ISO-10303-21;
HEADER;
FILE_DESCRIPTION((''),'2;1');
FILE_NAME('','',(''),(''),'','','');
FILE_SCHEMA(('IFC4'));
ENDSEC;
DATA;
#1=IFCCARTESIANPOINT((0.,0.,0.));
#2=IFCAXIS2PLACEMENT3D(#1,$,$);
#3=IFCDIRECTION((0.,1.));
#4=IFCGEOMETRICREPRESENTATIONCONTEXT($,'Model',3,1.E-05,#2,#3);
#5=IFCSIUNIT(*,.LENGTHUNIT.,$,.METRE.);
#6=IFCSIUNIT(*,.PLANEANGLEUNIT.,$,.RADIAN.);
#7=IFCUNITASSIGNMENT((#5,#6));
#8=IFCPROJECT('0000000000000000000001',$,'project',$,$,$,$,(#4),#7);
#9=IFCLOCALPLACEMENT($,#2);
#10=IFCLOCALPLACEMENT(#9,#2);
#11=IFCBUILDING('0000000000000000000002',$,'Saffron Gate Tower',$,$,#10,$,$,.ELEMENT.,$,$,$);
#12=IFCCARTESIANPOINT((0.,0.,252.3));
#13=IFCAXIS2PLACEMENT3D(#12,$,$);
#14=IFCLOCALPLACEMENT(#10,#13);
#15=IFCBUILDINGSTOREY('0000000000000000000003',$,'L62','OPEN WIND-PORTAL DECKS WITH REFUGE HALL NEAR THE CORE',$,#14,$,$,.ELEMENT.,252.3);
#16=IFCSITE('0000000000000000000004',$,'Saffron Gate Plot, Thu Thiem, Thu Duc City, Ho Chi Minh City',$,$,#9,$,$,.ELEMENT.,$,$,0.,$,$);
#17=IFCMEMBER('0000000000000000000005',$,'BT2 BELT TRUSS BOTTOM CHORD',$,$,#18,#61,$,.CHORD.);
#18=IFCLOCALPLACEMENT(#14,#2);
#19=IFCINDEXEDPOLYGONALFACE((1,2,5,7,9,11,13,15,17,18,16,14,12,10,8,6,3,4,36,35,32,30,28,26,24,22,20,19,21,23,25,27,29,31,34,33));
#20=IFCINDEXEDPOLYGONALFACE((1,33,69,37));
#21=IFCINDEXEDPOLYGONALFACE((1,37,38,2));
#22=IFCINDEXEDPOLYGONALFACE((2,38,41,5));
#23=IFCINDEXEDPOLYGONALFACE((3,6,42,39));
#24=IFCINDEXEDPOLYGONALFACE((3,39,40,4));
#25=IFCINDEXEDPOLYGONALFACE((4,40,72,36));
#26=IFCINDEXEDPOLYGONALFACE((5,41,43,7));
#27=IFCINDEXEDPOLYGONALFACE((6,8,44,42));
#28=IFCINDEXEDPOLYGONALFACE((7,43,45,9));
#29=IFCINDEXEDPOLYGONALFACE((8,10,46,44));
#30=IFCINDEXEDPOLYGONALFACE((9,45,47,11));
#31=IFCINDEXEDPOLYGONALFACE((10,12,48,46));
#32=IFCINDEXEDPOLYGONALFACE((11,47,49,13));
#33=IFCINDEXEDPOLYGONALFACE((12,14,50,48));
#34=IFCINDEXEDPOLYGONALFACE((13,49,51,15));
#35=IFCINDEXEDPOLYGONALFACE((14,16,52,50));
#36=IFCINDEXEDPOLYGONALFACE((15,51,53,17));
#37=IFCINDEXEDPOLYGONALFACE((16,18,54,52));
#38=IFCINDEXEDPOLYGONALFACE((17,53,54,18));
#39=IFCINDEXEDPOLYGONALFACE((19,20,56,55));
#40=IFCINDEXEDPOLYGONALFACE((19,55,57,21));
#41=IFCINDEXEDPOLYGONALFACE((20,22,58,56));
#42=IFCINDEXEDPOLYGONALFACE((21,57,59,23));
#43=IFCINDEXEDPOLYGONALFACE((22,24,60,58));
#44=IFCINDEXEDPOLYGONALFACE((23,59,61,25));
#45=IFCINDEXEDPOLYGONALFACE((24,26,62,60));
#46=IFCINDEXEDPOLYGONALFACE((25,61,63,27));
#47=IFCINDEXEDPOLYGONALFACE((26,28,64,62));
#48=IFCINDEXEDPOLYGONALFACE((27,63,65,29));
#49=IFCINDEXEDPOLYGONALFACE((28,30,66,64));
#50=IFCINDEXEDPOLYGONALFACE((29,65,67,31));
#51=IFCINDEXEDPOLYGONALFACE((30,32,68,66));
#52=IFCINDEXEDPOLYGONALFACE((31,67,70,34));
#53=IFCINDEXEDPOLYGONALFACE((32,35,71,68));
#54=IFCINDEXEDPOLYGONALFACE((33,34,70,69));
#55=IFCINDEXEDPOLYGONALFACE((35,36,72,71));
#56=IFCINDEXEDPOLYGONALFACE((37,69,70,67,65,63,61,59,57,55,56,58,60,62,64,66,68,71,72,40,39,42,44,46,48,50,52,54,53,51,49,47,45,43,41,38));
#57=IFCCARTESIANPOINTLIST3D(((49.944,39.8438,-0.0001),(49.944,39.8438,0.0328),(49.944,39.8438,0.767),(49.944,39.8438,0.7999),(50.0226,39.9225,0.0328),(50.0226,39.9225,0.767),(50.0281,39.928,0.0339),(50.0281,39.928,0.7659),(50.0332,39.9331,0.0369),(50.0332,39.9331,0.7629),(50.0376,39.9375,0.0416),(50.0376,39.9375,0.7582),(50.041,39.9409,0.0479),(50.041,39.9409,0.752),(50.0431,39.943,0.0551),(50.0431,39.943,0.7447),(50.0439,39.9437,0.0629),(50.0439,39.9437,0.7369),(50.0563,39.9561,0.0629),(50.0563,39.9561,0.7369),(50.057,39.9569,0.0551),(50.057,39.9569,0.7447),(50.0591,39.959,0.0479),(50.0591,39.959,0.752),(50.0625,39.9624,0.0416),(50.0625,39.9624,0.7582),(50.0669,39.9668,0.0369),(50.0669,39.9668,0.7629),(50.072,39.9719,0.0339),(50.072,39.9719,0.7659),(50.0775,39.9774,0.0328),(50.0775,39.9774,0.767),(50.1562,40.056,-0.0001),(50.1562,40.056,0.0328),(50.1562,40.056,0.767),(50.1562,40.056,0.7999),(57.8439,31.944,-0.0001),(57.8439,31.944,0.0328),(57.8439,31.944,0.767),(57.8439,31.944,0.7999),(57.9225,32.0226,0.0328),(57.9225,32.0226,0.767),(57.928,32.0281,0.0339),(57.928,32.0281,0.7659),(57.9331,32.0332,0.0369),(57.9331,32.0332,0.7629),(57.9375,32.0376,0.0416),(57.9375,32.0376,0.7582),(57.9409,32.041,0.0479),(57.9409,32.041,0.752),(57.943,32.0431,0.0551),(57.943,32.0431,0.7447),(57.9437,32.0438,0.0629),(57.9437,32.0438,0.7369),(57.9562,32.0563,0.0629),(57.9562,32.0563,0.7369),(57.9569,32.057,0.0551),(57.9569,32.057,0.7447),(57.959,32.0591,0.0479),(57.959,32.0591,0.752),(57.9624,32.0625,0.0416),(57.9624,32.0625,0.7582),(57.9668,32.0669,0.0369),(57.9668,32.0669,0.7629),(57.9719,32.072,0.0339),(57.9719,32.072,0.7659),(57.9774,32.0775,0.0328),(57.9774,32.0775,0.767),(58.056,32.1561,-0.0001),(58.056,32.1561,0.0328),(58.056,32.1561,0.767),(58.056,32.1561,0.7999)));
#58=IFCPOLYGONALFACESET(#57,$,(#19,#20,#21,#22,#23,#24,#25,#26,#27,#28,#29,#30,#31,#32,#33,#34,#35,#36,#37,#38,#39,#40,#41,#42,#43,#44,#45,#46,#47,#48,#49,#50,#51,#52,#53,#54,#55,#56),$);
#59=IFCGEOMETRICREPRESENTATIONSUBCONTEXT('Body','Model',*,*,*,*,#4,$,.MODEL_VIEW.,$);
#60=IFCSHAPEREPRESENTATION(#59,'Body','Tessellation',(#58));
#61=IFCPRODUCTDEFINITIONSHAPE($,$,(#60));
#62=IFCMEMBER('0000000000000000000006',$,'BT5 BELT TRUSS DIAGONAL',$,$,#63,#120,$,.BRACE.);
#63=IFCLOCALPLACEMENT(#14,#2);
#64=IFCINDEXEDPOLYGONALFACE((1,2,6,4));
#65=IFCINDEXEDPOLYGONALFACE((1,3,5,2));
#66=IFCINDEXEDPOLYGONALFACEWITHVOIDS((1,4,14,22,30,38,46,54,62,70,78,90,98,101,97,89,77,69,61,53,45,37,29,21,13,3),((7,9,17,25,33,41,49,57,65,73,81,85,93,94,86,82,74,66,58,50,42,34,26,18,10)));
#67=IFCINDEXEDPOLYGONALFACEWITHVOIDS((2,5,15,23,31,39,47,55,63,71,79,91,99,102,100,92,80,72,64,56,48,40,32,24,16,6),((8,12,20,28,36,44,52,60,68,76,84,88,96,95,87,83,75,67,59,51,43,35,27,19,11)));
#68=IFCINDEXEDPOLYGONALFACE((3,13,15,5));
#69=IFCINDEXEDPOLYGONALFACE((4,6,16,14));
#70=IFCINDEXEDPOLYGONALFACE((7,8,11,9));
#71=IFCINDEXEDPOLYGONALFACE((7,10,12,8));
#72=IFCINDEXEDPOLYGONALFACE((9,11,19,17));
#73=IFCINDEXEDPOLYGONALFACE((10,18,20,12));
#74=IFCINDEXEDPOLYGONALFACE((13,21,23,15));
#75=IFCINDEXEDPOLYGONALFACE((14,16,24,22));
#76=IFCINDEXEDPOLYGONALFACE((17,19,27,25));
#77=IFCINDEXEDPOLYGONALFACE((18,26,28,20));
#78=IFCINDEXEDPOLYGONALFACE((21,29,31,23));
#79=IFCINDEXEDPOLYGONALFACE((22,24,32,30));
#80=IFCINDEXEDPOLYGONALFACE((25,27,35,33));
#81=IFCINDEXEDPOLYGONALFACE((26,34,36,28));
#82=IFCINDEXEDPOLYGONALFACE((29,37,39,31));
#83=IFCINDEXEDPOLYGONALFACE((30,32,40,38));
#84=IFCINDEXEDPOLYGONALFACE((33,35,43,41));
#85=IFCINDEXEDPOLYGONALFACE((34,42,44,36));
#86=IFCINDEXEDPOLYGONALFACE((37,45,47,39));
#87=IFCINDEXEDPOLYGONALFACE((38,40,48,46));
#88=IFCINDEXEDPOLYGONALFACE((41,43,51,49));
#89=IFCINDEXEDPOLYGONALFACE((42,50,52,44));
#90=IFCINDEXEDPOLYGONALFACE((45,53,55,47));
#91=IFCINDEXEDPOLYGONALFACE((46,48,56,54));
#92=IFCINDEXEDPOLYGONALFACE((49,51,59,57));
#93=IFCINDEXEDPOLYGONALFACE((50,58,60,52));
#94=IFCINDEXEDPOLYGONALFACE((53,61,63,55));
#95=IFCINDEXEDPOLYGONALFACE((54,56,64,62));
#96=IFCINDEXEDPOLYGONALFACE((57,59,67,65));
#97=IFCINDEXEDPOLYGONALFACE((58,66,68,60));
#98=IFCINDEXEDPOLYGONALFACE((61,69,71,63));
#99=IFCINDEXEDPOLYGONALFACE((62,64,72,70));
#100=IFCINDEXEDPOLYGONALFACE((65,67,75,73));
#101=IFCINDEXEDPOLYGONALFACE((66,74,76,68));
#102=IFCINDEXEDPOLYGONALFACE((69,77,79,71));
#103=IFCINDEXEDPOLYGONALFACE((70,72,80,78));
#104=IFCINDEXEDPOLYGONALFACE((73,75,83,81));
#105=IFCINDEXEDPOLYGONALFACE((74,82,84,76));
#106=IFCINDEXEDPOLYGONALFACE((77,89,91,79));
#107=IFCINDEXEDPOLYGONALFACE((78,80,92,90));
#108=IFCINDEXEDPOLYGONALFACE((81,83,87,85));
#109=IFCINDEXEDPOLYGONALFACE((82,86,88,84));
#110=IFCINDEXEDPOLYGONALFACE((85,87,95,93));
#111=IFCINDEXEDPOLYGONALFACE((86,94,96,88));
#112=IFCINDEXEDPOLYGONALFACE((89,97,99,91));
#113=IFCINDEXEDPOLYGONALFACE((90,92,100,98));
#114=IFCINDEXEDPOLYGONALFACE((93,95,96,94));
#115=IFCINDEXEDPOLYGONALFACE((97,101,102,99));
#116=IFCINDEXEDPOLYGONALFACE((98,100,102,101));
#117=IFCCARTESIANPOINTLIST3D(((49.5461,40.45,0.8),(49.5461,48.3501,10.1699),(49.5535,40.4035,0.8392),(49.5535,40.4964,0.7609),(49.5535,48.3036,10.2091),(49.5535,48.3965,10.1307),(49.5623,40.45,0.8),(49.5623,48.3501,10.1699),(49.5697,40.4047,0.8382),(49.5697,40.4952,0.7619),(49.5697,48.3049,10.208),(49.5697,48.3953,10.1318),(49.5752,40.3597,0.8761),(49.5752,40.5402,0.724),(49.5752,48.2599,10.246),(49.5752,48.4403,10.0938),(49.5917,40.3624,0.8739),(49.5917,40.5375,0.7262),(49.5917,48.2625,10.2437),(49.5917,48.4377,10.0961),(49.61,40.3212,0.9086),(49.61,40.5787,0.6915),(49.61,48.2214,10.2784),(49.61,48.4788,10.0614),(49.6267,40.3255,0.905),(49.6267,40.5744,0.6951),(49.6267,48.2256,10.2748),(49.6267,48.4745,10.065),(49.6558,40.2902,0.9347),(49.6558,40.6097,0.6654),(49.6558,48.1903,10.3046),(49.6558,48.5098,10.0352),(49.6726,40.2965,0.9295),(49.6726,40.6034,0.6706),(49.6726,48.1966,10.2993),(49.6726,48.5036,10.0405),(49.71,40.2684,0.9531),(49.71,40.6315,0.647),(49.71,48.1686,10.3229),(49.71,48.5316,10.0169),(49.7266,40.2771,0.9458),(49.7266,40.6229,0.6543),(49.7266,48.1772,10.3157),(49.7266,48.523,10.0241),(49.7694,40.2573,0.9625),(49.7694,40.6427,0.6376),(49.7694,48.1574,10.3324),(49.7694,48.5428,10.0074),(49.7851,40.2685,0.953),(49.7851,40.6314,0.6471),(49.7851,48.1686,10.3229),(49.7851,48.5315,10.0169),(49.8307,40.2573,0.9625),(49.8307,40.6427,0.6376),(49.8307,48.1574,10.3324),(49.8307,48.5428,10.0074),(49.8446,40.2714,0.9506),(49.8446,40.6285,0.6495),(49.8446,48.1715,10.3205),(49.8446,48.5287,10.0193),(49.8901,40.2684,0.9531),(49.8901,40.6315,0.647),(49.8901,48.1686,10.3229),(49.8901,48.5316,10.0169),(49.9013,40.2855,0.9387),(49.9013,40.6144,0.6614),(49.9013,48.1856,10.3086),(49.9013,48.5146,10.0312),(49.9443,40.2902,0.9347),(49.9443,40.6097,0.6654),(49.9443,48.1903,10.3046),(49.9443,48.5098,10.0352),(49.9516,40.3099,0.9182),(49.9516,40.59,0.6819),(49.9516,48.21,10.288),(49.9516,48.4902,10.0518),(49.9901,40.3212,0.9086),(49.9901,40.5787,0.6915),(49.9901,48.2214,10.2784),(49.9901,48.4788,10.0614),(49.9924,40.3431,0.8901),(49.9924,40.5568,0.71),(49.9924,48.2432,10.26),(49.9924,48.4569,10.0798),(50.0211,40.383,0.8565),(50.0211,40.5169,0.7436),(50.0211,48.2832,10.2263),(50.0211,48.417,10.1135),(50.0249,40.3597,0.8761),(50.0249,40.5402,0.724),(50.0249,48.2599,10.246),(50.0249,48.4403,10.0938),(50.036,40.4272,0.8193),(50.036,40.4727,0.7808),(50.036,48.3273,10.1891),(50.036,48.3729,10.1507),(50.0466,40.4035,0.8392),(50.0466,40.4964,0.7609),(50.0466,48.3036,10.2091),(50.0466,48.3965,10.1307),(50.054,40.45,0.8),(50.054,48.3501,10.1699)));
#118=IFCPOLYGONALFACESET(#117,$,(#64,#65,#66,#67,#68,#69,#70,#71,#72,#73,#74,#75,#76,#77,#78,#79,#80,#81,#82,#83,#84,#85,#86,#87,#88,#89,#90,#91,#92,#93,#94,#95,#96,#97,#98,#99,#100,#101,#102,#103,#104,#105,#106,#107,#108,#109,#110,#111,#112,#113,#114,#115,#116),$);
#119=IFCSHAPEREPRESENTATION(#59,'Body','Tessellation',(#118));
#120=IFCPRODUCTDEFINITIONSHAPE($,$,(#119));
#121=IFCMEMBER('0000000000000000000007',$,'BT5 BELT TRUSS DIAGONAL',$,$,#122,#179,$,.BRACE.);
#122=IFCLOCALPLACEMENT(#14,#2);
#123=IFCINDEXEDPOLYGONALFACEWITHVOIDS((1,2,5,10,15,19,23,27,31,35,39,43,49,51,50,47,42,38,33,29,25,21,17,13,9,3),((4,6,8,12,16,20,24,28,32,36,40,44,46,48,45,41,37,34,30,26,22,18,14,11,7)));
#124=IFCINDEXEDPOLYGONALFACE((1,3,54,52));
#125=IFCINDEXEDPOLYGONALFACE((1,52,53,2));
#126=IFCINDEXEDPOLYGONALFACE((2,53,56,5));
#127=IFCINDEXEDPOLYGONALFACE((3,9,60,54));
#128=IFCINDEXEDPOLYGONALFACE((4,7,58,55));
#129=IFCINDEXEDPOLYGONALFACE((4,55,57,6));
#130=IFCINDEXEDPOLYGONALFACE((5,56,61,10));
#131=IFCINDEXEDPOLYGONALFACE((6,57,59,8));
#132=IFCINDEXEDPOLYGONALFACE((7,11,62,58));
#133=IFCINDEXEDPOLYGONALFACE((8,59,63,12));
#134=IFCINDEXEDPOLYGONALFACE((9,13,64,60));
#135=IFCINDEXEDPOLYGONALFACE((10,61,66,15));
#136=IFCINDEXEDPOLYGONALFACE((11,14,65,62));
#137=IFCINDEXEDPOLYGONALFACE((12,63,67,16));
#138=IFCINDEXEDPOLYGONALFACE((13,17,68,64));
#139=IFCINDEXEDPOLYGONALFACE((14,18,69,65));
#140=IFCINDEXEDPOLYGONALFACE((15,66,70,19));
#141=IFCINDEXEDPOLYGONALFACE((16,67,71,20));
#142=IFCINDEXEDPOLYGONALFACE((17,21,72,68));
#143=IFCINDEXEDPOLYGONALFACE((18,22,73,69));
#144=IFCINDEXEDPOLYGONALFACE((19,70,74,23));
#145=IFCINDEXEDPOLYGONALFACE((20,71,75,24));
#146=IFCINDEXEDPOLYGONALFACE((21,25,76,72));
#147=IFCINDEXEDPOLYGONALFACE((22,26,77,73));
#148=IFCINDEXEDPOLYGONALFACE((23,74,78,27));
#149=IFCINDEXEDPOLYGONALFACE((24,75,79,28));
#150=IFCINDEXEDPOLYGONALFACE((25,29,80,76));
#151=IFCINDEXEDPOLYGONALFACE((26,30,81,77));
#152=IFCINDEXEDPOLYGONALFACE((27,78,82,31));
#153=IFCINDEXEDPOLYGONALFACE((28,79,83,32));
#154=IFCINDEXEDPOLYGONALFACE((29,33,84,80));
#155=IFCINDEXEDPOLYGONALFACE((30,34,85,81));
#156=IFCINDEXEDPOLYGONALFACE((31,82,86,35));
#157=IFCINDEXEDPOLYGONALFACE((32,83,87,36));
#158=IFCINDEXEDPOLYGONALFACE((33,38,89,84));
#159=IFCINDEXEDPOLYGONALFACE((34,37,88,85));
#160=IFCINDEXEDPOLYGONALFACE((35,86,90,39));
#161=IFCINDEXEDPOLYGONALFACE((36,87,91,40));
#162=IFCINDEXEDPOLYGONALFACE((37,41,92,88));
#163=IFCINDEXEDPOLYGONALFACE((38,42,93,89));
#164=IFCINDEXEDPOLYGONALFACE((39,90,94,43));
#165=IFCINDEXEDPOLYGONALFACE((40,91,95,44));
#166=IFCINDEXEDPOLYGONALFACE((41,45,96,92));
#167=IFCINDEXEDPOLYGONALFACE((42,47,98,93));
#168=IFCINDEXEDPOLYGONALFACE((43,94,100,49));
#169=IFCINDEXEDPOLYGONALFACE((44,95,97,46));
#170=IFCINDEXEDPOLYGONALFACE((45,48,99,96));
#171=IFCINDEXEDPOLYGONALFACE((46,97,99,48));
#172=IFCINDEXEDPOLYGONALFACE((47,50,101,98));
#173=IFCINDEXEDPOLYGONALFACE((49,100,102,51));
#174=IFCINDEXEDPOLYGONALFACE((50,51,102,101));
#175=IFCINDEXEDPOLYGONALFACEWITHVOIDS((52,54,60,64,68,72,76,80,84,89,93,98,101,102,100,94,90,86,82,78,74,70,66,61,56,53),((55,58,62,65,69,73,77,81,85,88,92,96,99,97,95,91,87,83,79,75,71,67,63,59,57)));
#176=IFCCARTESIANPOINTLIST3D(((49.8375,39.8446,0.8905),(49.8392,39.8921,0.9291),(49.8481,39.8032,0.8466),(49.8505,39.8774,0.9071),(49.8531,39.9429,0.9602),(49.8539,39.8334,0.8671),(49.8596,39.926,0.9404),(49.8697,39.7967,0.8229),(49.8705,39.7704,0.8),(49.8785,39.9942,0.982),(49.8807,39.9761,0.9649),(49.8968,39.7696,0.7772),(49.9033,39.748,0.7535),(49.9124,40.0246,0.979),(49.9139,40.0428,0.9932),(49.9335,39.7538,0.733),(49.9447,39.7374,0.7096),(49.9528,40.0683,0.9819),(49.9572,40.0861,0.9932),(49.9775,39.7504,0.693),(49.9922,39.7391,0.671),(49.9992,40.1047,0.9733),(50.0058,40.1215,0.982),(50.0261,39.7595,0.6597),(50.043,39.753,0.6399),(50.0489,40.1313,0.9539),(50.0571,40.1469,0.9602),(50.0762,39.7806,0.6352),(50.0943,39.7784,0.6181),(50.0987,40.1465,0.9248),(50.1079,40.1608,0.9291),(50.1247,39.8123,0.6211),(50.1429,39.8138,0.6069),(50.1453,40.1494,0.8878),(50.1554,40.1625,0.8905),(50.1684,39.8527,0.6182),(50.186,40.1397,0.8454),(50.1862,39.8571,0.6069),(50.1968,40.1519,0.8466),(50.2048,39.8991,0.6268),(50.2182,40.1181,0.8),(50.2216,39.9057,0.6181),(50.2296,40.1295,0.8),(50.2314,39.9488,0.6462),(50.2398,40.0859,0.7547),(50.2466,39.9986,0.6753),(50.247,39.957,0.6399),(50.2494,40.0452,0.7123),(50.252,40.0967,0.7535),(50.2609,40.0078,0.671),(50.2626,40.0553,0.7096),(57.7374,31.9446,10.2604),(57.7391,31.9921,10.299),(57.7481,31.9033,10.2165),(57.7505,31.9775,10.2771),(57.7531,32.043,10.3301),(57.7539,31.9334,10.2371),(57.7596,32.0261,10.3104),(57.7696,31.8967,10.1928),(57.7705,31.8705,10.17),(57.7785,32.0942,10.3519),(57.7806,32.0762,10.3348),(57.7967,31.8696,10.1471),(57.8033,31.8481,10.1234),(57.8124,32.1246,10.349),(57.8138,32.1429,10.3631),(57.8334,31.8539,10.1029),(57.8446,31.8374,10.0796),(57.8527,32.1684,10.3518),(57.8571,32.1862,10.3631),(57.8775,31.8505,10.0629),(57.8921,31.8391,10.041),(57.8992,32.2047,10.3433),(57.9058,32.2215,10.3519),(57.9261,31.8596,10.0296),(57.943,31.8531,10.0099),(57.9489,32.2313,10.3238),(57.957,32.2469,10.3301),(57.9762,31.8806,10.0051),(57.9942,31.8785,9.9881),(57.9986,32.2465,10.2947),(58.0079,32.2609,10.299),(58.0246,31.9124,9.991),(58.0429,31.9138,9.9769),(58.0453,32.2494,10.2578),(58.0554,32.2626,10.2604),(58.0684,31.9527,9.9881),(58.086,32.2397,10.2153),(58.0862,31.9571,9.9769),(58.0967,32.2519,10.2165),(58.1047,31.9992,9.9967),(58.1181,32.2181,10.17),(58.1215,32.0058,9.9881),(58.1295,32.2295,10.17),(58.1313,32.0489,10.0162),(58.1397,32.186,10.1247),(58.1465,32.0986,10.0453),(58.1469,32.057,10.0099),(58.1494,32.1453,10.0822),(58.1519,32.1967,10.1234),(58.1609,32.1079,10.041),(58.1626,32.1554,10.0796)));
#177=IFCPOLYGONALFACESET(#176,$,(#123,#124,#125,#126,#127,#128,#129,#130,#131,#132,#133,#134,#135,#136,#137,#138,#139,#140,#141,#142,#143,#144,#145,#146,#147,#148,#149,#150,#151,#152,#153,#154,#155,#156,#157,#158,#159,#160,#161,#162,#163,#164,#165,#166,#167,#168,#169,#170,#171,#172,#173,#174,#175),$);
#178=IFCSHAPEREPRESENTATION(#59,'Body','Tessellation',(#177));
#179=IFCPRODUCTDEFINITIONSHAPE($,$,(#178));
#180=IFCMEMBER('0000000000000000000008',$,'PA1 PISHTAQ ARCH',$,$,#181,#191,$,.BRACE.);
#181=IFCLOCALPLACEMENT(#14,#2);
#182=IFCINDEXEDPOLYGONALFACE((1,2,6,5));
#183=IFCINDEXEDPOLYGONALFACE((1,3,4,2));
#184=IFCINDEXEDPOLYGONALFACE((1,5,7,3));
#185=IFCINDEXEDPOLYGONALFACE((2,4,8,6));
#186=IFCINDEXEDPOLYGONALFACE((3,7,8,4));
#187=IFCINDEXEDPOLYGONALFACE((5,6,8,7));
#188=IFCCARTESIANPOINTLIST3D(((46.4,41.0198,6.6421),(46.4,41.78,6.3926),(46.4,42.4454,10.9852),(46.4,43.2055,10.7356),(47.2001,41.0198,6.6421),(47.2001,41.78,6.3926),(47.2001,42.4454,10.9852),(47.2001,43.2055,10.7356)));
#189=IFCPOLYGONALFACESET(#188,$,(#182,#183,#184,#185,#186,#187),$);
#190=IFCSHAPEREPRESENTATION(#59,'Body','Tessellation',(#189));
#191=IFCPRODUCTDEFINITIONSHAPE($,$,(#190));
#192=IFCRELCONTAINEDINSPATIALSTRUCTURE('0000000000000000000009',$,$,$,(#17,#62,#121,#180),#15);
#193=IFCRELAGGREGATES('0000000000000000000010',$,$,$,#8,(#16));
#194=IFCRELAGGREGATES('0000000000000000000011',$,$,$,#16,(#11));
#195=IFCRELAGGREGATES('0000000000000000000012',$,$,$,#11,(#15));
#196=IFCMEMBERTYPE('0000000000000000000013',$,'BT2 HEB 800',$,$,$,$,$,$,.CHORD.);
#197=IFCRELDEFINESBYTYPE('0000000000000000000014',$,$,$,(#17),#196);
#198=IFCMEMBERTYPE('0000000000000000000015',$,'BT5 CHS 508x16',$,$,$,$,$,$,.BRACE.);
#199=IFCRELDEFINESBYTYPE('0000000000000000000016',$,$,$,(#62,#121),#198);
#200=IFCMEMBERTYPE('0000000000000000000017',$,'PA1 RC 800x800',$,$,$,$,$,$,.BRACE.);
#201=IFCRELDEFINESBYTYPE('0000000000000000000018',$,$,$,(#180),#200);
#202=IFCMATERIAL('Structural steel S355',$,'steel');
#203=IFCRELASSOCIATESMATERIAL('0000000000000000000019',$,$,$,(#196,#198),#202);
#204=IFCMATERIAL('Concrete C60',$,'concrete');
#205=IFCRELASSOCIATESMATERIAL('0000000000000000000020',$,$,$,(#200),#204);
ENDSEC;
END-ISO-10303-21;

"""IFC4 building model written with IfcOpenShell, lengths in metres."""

from ifc_helpers import new_model, si_unit, direction, frame, origin, origin_2d, place, context, subcontext, project, spatial, rectangle, hollow_circle, i_section, extrude, material, material_profile, profile_set, type_object, element, save


model = new_model("IFC4")

# Units and contexts
model_context = context("Model", 3, precision=1e-05, world=origin(), true_north=direction((0.0, 1.0)))
body_context = subcontext(model_context, "Body", "Model", "MODEL_VIEW")
ifc_project = project(units=[si_unit("LENGTHUNIT", "METRE"), si_unit("PLANEANGLEUNIT", "RADIAN")], contexts=[model_context])

# Site, building, storey
site_placement = place(None, origin())
site = spatial("IfcSite", under=ifc_project, at=site_placement, Name="Saffron Gate Plot, Thu Thiem, Thu Duc City, Ho Chi Minh City", CompositionType="ELEMENT", RefElevation=0.0)
building_placement = place(site_placement, origin())
building = spatial("IfcBuilding", under=site, at=building_placement, Name="Saffron Gate Tower", CompositionType="ELEMENT")
storey_placement = place(building_placement, frame((0.0, 0.0, 252.3)))
storey = spatial("IfcBuildingStorey", under=building, at=storey_placement, Name="L62", Description="OPEN WIND-PORTAL DECKS WITH REFUGE HALL NEAR THE CORE", CompositionType="ELEMENT", Elevation=252.3)

# Shared definitions
ifc_material_1 = material(Name="Structural steel S355", Category="steel")

# Members
ifc_material_profile_1 = material_profile(ifc_material_1, i_section(OverallWidth=0.3, OverallDepth=0.8, WebThickness=0.0176, FlangeThickness=0.033, FilletRadius=0.03, at=origin_2d()))
ifc_profile_set_1 = profile_set([ifc_material_profile_1], Name="Structural steel S355")
member_type_1 = type_object("IfcMemberType", Name="BT2 HEB 800", PredefinedType="CHORD", material=ifc_profile_set_1)
for number, where, z_axis, x_axis, name in (
    (1, (57.95, 32.05, 0.3999), (-0.707107, 0.707107, 0.0), (-0.707107, -0.707107, 0.0), "BT2 BELT TRUSS BOTTOM CHORD"),
):
    element("IfcMember", number, at=place(storey_placement, frame(where, z_axis=z_axis, x_axis=x_axis)), inside=storey, type_object=member_type_1, Name=name, PredefinedType="CHORD", context=body_context, shape_type="SweptSolid", body=[
        extrude(i_section(OverallWidth=0.3, OverallDepth=0.8, WebThickness=0.0176, FlangeThickness=0.033, FilletRadius=0.03, at=origin_2d()), origin(), (0.0, 0.0, 1.0), 11.1721),
    ])
ifc_material_profile_2 = material_profile(ifc_material_1, hollow_circle(Radius=0.2539, WallThickness=0.0161, at=origin_2d()))
ifc_profile_set_2 = profile_set([ifc_material_profile_2], Name="Structural steel S355")
member_type_2 = type_object("IfcMemberType", Name="BT5 CHS 508x16", PredefinedType="BRACE", material=ifc_profile_set_2)
member_1_placement = place(storey_placement, frame((49.8, 40.45, 0.8), z_axis=(0.0, 0.6446, 0.76452), x_axis=(-1.0, 0.0, 0.0)))
element("IfcMember", 2, at=member_1_placement, inside=storey, type_object=member_type_2, Name="BT5 BELT TRUSS DIAGONAL", PredefinedType="BRACE", context=body_context, shape_type="SweptSolid", body=[
    extrude(hollow_circle(Radius=0.2539, WallThickness=0.0161, at=origin_2d()), origin(), (0.0, 0.0, 1.0), 12.2559),
])
member_2_placement = place(storey_placement, frame((50.05, 39.95, 0.8), z_axis=(0.541787, -0.541787, 0.6426), x_axis=(0.707107, 0.707107, 0.0)))
element("IfcMember", 3, at=member_2_placement, inside=storey, type_object=member_type_2, Name="BT5 BELT TRUSS DIAGONAL", PredefinedType="BRACE", context=body_context, shape_type="SweptSolid", body=[
    extrude(hollow_circle(Radius=0.2539, WallThickness=0.0161, at=origin_2d()), origin(), (0.0, 0.0, 1.0), 14.5813),
])
ifc_material_2 = material(Name="Concrete C60", Category="concrete")
ifc_material_profile_3 = material_profile(ifc_material_2, rectangle(XDim=0.8, YDim=0.8, at=origin_2d()))
ifc_profile_set_3 = profile_set([ifc_material_profile_3], Name="Concrete C60")
member_type_3 = type_object("IfcMemberType", Name="PA1 RC 800x800", PredefinedType="BRACE", material=ifc_profile_set_3)
member_3_placement = place(storey_placement, frame((46.8, 41.3999, 6.5173), z_axis=(0.0, 0.311866, 0.950126), x_axis=(-1.0, 0.0, 0.0)))
element("IfcMember", 4, at=member_3_placement, inside=storey, type_object=member_type_3, Name="PA1 PISHTAQ ARCH", PredefinedType="BRACE", context=body_context, shape_type="SweptSolid", body=[
    extrude(rectangle(XDim=0.8, YDim=0.8, at=origin_2d()), origin(), (0.0, 0.0, 1.0), 4.571),
])

save(model, "model.ifc")
